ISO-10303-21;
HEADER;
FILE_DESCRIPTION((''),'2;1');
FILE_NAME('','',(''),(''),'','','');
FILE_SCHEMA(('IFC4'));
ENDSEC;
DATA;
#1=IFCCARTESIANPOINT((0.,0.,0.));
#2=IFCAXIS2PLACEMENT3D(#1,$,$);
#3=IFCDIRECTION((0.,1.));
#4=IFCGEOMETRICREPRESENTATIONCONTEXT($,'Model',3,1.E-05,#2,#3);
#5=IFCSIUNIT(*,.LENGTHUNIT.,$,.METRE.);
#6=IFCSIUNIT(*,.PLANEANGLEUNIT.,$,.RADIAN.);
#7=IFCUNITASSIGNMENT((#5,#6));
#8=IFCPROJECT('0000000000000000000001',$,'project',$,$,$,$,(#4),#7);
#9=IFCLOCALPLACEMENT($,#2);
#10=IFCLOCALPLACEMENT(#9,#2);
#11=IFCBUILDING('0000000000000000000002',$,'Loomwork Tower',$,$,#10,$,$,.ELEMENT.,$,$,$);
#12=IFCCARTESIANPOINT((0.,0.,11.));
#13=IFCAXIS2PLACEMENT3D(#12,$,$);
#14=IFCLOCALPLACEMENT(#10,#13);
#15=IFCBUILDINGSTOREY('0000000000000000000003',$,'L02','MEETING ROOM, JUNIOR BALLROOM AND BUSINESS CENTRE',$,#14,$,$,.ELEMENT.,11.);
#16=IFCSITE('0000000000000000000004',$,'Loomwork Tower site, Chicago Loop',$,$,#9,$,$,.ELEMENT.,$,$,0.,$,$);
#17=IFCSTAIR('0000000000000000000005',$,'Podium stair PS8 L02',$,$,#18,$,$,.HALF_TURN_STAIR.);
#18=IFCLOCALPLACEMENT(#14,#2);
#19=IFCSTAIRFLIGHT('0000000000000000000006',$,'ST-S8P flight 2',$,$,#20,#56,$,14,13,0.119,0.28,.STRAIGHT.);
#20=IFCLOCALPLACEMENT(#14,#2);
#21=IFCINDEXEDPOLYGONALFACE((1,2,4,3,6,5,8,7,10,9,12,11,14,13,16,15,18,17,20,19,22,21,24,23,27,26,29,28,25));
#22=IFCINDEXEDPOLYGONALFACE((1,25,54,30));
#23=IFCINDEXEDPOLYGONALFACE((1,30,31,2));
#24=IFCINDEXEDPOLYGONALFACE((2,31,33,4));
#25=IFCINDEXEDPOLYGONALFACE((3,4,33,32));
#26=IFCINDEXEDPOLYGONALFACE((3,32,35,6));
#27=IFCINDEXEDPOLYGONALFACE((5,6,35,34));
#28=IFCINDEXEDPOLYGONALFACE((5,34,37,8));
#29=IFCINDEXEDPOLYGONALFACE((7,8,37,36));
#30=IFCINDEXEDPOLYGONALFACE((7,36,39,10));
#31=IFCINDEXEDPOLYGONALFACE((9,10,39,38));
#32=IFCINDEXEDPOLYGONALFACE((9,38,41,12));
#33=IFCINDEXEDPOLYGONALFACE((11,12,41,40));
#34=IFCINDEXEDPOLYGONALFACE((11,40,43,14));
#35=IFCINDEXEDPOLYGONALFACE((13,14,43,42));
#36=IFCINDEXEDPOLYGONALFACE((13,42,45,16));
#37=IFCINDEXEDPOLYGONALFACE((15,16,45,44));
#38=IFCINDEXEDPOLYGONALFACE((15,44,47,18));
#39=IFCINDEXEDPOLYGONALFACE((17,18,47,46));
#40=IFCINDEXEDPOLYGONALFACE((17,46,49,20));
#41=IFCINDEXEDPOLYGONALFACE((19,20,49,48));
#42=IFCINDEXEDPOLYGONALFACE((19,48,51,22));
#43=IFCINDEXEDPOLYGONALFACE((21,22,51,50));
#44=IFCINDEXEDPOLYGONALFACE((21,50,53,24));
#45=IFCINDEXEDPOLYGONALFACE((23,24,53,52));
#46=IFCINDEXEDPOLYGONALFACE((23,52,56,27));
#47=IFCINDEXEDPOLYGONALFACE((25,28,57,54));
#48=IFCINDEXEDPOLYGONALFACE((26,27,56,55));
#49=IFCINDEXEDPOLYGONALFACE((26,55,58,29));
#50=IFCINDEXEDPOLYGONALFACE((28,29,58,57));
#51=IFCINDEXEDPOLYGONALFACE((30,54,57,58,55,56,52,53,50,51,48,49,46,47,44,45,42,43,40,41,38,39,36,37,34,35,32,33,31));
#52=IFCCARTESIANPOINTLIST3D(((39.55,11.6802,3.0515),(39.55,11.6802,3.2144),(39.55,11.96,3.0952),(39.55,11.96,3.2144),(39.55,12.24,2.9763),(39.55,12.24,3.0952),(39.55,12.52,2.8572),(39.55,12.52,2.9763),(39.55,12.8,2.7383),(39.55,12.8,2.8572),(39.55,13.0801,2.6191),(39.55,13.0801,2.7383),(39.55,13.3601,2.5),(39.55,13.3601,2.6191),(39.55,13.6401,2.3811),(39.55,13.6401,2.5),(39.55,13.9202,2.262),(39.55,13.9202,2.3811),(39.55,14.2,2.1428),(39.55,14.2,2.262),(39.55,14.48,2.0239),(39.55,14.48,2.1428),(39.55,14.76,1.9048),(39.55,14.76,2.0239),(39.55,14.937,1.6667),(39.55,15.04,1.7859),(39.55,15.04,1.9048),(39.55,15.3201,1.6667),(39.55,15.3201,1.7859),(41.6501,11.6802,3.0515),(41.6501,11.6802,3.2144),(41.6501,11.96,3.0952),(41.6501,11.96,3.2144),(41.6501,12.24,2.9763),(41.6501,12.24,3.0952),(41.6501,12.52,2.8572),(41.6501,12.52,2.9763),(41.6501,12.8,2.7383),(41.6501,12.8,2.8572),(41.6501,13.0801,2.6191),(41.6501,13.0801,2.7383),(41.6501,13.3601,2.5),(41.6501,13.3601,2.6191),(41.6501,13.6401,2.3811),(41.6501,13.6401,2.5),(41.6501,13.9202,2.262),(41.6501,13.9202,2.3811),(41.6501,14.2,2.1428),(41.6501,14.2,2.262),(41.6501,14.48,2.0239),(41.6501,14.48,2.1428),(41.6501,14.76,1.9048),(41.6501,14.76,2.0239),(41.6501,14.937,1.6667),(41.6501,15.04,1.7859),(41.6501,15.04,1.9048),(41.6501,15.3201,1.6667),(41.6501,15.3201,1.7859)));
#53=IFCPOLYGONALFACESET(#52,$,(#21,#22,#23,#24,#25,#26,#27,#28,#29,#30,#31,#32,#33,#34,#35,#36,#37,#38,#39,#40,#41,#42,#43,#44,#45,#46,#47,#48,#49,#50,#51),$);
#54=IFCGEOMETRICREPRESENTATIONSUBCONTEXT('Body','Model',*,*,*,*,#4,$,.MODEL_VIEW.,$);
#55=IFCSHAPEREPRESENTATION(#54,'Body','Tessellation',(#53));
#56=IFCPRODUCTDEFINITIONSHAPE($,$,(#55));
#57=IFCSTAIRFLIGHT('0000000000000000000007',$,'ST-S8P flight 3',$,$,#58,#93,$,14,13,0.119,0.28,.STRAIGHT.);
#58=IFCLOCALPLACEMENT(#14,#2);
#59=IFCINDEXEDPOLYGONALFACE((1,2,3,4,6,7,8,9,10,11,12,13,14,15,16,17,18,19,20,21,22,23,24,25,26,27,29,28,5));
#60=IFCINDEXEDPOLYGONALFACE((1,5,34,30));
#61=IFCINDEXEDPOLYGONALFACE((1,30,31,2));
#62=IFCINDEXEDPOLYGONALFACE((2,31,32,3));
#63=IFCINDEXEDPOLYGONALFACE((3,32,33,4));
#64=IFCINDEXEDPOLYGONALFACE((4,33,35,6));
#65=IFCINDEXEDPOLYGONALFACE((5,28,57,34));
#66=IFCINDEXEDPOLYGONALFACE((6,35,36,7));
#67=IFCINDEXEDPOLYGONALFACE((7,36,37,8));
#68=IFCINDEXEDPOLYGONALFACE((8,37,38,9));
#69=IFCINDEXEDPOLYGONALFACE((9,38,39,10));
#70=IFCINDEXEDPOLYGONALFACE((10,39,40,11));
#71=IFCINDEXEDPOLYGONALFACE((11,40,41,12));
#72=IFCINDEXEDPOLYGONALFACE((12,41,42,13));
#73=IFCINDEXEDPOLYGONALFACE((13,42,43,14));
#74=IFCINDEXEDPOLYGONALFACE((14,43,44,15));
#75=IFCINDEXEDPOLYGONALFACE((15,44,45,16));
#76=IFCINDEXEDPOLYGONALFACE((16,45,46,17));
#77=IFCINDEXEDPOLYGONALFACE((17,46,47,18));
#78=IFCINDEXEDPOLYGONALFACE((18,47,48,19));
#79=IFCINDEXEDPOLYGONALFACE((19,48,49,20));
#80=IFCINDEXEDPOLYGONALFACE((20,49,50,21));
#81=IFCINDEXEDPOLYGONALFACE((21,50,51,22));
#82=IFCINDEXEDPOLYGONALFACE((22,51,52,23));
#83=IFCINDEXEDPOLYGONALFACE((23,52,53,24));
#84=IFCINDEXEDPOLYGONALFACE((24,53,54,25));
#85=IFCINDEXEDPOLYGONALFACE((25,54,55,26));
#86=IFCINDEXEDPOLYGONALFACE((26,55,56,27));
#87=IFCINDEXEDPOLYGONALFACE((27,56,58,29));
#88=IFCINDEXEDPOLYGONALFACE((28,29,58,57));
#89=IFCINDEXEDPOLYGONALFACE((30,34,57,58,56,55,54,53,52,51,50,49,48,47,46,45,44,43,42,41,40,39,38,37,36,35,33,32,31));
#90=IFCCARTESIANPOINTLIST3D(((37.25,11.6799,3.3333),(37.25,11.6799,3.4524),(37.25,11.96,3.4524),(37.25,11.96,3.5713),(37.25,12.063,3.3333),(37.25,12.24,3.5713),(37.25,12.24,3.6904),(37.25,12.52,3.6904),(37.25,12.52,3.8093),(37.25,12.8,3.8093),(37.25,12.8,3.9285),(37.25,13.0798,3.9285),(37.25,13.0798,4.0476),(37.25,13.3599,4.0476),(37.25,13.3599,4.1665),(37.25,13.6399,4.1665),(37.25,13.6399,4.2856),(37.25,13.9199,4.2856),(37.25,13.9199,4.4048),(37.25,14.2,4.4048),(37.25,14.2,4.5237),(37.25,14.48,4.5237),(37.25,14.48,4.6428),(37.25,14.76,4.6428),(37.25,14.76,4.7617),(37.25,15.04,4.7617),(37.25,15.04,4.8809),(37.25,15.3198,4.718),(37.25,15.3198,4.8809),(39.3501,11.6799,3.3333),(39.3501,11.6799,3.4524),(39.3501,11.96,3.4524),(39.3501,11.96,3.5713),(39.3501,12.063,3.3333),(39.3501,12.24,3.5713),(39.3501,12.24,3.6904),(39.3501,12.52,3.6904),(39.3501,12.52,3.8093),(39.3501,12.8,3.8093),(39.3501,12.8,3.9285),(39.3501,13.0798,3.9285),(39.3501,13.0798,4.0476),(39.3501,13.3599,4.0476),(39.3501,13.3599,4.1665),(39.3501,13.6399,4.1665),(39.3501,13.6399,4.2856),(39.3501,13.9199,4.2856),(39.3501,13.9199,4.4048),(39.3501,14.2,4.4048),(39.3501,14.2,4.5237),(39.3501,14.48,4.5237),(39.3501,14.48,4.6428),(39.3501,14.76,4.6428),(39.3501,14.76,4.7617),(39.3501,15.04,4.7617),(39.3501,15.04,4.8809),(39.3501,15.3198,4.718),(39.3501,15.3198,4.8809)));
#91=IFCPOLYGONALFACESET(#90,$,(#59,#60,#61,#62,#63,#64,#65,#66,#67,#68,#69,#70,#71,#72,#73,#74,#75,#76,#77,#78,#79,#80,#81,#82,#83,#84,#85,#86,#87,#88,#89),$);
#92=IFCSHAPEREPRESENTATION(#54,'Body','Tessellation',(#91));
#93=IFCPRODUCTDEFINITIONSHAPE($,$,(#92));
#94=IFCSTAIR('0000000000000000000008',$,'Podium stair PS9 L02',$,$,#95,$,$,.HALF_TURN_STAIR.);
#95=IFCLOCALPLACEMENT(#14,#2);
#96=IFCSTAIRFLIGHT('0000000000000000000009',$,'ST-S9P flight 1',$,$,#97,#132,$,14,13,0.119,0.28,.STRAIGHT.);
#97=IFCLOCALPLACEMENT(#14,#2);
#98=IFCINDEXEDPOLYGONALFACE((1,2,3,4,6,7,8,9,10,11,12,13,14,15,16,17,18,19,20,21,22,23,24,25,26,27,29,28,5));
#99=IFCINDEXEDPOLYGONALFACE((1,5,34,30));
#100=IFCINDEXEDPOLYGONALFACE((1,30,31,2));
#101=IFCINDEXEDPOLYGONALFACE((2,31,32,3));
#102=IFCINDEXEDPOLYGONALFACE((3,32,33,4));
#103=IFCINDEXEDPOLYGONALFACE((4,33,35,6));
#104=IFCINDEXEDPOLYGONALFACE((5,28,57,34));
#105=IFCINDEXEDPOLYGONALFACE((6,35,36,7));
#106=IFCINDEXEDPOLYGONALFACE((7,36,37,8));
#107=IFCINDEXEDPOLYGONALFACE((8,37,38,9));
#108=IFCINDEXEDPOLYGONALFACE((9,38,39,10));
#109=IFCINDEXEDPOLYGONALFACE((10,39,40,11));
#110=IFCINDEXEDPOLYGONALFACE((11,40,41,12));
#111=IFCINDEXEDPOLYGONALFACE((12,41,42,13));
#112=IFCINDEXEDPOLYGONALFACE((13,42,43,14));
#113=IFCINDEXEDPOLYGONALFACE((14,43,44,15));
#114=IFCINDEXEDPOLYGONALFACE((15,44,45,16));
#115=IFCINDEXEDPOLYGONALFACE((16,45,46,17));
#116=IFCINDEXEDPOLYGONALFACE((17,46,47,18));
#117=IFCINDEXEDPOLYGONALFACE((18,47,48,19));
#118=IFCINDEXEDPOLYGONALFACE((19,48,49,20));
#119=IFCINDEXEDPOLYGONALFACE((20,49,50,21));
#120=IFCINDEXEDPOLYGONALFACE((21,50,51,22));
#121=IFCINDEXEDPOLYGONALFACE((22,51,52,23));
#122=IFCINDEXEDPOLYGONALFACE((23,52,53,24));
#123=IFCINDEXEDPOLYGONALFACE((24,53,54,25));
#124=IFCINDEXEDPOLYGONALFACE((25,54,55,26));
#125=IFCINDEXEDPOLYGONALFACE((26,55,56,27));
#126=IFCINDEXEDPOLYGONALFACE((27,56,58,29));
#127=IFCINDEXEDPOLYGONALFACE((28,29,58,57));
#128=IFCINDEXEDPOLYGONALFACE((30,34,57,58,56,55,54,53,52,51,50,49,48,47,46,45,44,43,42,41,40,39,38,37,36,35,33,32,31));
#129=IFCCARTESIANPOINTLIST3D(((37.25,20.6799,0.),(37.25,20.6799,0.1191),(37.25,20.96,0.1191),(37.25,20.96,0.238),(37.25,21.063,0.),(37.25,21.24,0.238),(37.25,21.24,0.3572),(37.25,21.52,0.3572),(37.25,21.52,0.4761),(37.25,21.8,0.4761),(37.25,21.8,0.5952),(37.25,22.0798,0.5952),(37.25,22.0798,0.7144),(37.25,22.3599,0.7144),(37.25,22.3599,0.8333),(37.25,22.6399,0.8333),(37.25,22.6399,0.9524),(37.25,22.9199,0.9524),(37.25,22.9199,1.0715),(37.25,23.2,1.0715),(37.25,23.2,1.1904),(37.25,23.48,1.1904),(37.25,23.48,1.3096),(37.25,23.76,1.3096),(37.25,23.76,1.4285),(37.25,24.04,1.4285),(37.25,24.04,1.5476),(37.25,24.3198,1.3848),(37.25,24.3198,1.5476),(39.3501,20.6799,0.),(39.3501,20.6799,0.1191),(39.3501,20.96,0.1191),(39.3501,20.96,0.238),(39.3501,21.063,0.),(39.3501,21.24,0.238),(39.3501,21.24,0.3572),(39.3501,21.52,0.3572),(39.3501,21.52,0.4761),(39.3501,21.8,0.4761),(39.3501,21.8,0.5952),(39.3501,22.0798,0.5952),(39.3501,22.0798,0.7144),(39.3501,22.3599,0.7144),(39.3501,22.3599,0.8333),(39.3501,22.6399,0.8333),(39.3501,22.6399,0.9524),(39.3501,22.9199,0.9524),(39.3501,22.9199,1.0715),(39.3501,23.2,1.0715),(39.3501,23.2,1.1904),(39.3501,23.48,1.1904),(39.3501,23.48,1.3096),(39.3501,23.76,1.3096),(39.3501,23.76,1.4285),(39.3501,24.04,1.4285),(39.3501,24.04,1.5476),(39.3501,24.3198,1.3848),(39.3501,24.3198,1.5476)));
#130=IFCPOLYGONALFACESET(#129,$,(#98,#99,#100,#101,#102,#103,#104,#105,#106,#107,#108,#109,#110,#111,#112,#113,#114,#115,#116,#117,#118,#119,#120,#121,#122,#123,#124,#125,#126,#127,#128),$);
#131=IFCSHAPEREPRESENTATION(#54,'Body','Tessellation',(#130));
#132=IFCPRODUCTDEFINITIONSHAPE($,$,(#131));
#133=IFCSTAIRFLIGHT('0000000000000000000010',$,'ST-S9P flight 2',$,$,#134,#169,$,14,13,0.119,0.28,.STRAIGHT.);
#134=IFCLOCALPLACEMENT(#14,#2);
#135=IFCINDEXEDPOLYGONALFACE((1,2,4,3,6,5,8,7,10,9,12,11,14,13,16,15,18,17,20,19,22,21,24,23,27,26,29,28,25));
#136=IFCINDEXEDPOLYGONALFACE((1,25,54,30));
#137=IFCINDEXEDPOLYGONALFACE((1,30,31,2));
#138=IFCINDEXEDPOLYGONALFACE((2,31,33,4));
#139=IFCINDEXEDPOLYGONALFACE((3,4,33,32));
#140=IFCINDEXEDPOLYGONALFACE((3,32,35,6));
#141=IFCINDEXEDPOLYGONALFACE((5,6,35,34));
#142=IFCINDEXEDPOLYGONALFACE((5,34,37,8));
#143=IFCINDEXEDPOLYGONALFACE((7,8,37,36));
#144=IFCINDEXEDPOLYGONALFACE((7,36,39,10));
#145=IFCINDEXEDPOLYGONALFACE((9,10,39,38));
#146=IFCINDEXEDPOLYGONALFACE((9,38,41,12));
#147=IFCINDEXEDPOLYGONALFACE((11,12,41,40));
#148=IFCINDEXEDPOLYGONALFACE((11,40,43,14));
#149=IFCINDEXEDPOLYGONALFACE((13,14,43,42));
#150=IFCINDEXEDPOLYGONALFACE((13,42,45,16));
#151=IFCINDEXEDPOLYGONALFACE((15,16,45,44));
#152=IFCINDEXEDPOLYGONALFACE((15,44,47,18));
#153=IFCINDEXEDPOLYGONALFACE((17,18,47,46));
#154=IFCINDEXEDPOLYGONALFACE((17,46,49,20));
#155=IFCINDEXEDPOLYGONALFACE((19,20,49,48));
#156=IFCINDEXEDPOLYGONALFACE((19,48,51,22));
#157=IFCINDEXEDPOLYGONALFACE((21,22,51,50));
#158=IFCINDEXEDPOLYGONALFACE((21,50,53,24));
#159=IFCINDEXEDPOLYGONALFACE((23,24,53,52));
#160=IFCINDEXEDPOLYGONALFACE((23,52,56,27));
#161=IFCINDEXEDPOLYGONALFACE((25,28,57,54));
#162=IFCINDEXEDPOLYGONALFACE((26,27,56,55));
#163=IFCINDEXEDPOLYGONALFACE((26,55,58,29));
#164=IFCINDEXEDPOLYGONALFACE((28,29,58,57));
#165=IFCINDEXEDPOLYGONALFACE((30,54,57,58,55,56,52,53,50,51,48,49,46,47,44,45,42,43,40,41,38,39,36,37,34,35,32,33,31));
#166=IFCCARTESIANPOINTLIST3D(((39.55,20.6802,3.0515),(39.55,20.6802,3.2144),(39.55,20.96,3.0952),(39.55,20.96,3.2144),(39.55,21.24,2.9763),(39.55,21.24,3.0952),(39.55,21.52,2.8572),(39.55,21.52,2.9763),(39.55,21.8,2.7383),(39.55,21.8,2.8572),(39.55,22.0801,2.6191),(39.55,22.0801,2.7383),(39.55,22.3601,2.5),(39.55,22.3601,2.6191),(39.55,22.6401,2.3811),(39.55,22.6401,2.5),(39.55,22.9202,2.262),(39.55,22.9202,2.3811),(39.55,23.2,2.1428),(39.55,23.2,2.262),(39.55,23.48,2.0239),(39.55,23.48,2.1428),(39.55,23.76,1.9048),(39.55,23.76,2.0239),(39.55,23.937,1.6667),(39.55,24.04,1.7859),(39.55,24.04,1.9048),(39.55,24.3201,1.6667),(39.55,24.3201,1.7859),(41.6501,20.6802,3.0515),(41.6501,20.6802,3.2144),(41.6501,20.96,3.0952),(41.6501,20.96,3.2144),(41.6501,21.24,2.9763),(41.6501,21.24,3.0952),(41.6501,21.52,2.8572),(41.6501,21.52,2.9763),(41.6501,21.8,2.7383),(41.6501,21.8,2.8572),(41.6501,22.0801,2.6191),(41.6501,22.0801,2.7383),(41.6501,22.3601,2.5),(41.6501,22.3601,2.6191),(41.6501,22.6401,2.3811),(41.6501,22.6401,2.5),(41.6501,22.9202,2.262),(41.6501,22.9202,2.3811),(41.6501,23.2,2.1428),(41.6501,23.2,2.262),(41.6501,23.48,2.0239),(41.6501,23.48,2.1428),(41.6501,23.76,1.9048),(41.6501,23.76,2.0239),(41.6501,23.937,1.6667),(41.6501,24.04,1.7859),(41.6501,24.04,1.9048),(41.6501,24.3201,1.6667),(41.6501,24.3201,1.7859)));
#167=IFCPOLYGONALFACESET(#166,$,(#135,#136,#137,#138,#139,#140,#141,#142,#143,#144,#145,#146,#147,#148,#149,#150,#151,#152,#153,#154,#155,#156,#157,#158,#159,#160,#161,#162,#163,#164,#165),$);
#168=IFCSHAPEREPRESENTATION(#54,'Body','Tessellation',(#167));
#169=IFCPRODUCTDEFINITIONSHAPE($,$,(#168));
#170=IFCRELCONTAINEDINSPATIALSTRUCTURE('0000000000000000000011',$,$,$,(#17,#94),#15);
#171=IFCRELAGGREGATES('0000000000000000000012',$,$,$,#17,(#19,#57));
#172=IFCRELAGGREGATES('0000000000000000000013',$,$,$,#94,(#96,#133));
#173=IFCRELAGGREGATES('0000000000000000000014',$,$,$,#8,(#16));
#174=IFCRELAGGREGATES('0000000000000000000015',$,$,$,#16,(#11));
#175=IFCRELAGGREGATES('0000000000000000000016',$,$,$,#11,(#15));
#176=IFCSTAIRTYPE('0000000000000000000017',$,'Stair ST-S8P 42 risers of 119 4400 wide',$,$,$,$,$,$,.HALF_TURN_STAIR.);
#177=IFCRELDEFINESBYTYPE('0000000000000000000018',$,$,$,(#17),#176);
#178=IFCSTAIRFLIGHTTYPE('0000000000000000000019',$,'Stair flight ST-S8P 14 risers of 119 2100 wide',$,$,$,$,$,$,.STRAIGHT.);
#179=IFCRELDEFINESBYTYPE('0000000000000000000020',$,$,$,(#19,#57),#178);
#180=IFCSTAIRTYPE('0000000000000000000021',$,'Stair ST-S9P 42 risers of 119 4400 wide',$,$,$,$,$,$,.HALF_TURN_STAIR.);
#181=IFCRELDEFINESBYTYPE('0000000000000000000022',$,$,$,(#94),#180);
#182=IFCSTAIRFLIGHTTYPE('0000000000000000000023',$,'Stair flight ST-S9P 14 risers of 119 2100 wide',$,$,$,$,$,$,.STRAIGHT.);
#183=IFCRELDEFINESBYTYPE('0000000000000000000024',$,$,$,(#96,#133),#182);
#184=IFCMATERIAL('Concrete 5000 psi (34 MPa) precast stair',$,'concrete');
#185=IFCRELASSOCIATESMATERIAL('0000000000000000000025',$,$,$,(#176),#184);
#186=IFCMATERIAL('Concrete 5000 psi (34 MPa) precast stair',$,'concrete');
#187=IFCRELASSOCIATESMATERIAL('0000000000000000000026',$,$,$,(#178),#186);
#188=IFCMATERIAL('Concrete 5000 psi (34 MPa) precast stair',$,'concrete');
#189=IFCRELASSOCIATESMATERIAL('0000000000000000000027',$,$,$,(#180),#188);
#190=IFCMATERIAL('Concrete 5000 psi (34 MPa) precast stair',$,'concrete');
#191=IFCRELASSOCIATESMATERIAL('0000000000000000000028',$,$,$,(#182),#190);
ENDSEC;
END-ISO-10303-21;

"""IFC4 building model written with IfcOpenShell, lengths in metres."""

from ifc_helpers import new_model, si_unit, direction, frame, origin, place, context, subcontext, project, spatial, polyline, outline, extrude, material, type_object, element, aggregate, save


model = new_model("IFC4")

# Units and contexts
model_context = context("Model", 3, precision=1e-05, world=origin(), true_north=direction((0.0, 1.0)))
body_context = subcontext(model_context, "Body", "Model", "MODEL_VIEW")
ifc_project = project(units=[si_unit("LENGTHUNIT", "METRE"), si_unit("PLANEANGLEUNIT", "RADIAN")], contexts=[model_context])

# Site, building, storey
site_placement = place(None, origin())
site = spatial("IfcSite", under=ifc_project, at=site_placement, Name="Loomwork Tower site, Chicago Loop", CompositionType="ELEMENT", RefElevation=0.0)
building_placement = place(site_placement, origin())
building = spatial("IfcBuilding", under=site, at=building_placement, Name="Loomwork Tower", CompositionType="ELEMENT")
storey_placement = place(building_placement, frame((0.0, 0.0, 11.0)))
storey = spatial("IfcBuildingStorey", under=building, at=storey_placement, Name="L02", Description="MEETING ROOM, JUNIOR BALLROOM AND BUSINESS CENTRE", CompositionType="ELEMENT", Elevation=11.0)

# Stairs, stair flights
ifc_material_1 = material(Name="Concrete 5000 psi (34 MPa) precast stair", Category="concrete")
stair_type_1 = type_object("IfcStairType", Name="Stair ST-S8P 42 risers of 119 4400 wide", PredefinedType="HALF_TURN_STAIR", material=ifc_material_1)
stair_1_placement = place(storey_placement, origin())
stair_1 = element("IfcStair", 1, at=stair_1_placement, inside=storey, type_object=stair_type_1, Name="Podium stair PS8 L02", PredefinedType="HALF_TURN_STAIR")
ifc_material_2 = material(Name="Concrete 5000 psi (34 MPa) precast stair", Category="concrete")
stair_flight_type_1 = type_object("IfcStairFlightType", Name="Stair flight ST-S8P 14 risers of 119 2100 wide", PredefinedType="STRAIGHT", material=ifc_material_2)
stair_flight_1_placement = place(storey_placement, frame((40.6001, 15.3201, 1.6667), z_axis=(0.0, 0.0, 1.0), x_axis=(0.0, -1.0, 0.0)))
stair_flight_1 = element("IfcStairFlight", 2, at=stair_flight_1_placement, type_object=stair_flight_type_1, Name="ST-S8P flight 2", NumberOfRisers=14, NumberOfTreads=13, PredefinedType="STRAIGHT", RiserHeight=0.119, TreadLength=0.28, context=body_context, shape_type="SweptSolid", body=[
    extrude(outline(polyline([(0.0, 0.0), (0.0, 0.1191), (0.28, 0.1191), (0.28, 0.238), (0.5601, 0.238), (0.5601, 0.3572), (0.8401, 0.3572), (0.8401, 0.4761), (1.1201, 0.4761), (1.1201, 0.5952), (1.3999, 0.5952), (1.3999, 0.7144), (1.6799, 0.7144), (1.6799, 0.8333), (1.96, 0.8333), (1.96, 0.9524), (2.24, 0.9524), (2.24, 1.0715), (2.52, 1.0715), (2.52, 1.1904), (2.8, 1.1904), (2.8, 1.3096), (3.0801, 1.3096), (3.0801, 1.4285), (3.3601, 1.4285), (3.3601, 1.5476), (3.6399, 1.5476), (3.6399, 1.6667), (3.6399, 1.3848), (0.3831, 0.0), (0.0, 0.0)])), frame((0.0, 1.05, 0.0), z_axis=(0.0, -1.0, 0.0), x_axis=(1.0, 0.0, 0.0)), (0.0, 0.0, 1.0), 2.1001),
])
stair_flight_2_placement = place(storey_placement, frame((38.3, 11.6799, 3.3333), z_axis=(0.0, 0.0, 1.0), x_axis=(0.0, 1.0, 0.0)))
stair_flight_2 = element("IfcStairFlight", 3, at=stair_flight_2_placement, type_object=stair_flight_type_1, Name="ST-S8P flight 3", NumberOfRisers=14, NumberOfTreads=13, PredefinedType="STRAIGHT", RiserHeight=0.119, TreadLength=0.28, context=body_context, shape_type="SweptSolid", body=[
    extrude(outline(polyline([(0.0, 0.0), (0.0, 0.1191), (0.28, 0.1191), (0.28, 0.238), (0.5601, 0.238), (0.5601, 0.3572), (0.8401, 0.3572), (0.8401, 0.4761), (1.1201, 0.4761), (1.1201, 0.5952), (1.3999, 0.5952), (1.3999, 0.7144), (1.6799, 0.7144), (1.6799, 0.8333), (1.96, 0.8333), (1.96, 0.9524), (2.24, 0.9524), (2.24, 1.0715), (2.52, 1.0715), (2.52, 1.1904), (2.8, 1.1904), (2.8, 1.3096), (3.0801, 1.3096), (3.0801, 1.4285), (3.3601, 1.4285), (3.3601, 1.5476), (3.6399, 1.5476), (3.6399, 1.6667), (3.6399, 1.3848), (0.3831, 0.0), (0.0, 0.0)])), frame((0.0, 1.05, 0.0), z_axis=(0.0, -1.0, 0.0), x_axis=(1.0, 0.0, 0.0)), (0.0, 0.0, 1.0), 2.1001),
])
aggregate(stair_1, [stair_flight_1, stair_flight_2])
ifc_material_3 = material(Name="Concrete 5000 psi (34 MPa) precast stair", Category="concrete")
stair_type_2 = type_object("IfcStairType", Name="Stair ST-S9P 42 risers of 119 4400 wide", PredefinedType="HALF_TURN_STAIR", material=ifc_material_3)
stair_2_placement = place(storey_placement, origin())
stair_2 = element("IfcStair", 4, at=stair_2_placement, inside=storey, type_object=stair_type_2, Name="Podium stair PS9 L02", PredefinedType="HALF_TURN_STAIR")
ifc_material_4 = material(Name="Concrete 5000 psi (34 MPa) precast stair", Category="concrete")
stair_flight_type_2 = type_object("IfcStairFlightType", Name="Stair flight ST-S9P 14 risers of 119 2100 wide", PredefinedType="STRAIGHT", material=ifc_material_4)
stair_flight_3_placement = place(storey_placement, frame((38.3, 20.6799, 0.0), z_axis=(0.0, 0.0, 1.0), x_axis=(0.0, 1.0, 0.0)))
stair_flight_3 = element("IfcStairFlight", 5, at=stair_flight_3_placement, type_object=stair_flight_type_2, Name="ST-S9P flight 1", NumberOfRisers=14, NumberOfTreads=13, PredefinedType="STRAIGHT", RiserHeight=0.119, TreadLength=0.28, context=body_context, shape_type="SweptSolid", body=[
    extrude(outline(polyline([(0.0, 0.0), (0.0, 0.1191), (0.28, 0.1191), (0.28, 0.238), (0.5601, 0.238), (0.5601, 0.3572), (0.8401, 0.3572), (0.8401, 0.4761), (1.1201, 0.4761), (1.1201, 0.5952), (1.3999, 0.5952), (1.3999, 0.7144), (1.6799, 0.7144), (1.6799, 0.8333), (1.96, 0.8333), (1.96, 0.9524), (2.24, 0.9524), (2.24, 1.0715), (2.52, 1.0715), (2.52, 1.1904), (2.8, 1.1904), (2.8, 1.3096), (3.0801, 1.3096), (3.0801, 1.4285), (3.3601, 1.4285), (3.3601, 1.5476), (3.6399, 1.5476), (3.6399, 1.6667), (3.6399, 1.3848), (0.3831, 0.0), (0.0, 0.0)])), frame((0.0, 1.05, 0.0), z_axis=(0.0, -1.0, 0.0), x_axis=(1.0, 0.0, 0.0)), (0.0, 0.0, 1.0), 2.1001),
])
stair_flight_4_placement = place(storey_placement, frame((40.6001, 24.3201, 1.6667), z_axis=(0.0, 0.0, 1.0), x_axis=(0.0, -1.0, 0.0)))
stair_flight_4 = element("IfcStairFlight", 6, at=stair_flight_4_placement, type_object=stair_flight_type_2, Name="ST-S9P flight 2", NumberOfRisers=14, NumberOfTreads=13, PredefinedType="STRAIGHT", RiserHeight=0.119, TreadLength=0.28, context=body_context, shape_type="SweptSolid", body=[
    extrude(outline(polyline([(0.0, 0.0), (0.0, 0.1191), (0.28, 0.1191), (0.28, 0.238), (0.5601, 0.238), (0.5601, 0.3572), (0.8401, 0.3572), (0.8401, 0.4761), (1.1201, 0.4761), (1.1201, 0.5952), (1.3999, 0.5952), (1.3999, 0.7144), (1.6799, 0.7144), (1.6799, 0.8333), (1.96, 0.8333), (1.96, 0.9524), (2.24, 0.9524), (2.24, 1.0715), (2.52, 1.0715), (2.52, 1.1904), (2.8, 1.1904), (2.8, 1.3096), (3.0801, 1.3096), (3.0801, 1.4285), (3.3601, 1.4285), (3.3601, 1.5476), (3.6399, 1.5476), (3.6399, 1.6667), (3.6399, 1.3848), (0.3831, 0.0), (0.0, 0.0)])), frame((0.0, 1.05, 0.0), z_axis=(0.0, -1.0, 0.0), x_axis=(1.0, 0.0, 0.0)), (0.0, 0.0, 1.0), 2.1001),
])
aggregate(stair_2, [stair_flight_3, stair_flight_4])

save(model, "model.ifc")
